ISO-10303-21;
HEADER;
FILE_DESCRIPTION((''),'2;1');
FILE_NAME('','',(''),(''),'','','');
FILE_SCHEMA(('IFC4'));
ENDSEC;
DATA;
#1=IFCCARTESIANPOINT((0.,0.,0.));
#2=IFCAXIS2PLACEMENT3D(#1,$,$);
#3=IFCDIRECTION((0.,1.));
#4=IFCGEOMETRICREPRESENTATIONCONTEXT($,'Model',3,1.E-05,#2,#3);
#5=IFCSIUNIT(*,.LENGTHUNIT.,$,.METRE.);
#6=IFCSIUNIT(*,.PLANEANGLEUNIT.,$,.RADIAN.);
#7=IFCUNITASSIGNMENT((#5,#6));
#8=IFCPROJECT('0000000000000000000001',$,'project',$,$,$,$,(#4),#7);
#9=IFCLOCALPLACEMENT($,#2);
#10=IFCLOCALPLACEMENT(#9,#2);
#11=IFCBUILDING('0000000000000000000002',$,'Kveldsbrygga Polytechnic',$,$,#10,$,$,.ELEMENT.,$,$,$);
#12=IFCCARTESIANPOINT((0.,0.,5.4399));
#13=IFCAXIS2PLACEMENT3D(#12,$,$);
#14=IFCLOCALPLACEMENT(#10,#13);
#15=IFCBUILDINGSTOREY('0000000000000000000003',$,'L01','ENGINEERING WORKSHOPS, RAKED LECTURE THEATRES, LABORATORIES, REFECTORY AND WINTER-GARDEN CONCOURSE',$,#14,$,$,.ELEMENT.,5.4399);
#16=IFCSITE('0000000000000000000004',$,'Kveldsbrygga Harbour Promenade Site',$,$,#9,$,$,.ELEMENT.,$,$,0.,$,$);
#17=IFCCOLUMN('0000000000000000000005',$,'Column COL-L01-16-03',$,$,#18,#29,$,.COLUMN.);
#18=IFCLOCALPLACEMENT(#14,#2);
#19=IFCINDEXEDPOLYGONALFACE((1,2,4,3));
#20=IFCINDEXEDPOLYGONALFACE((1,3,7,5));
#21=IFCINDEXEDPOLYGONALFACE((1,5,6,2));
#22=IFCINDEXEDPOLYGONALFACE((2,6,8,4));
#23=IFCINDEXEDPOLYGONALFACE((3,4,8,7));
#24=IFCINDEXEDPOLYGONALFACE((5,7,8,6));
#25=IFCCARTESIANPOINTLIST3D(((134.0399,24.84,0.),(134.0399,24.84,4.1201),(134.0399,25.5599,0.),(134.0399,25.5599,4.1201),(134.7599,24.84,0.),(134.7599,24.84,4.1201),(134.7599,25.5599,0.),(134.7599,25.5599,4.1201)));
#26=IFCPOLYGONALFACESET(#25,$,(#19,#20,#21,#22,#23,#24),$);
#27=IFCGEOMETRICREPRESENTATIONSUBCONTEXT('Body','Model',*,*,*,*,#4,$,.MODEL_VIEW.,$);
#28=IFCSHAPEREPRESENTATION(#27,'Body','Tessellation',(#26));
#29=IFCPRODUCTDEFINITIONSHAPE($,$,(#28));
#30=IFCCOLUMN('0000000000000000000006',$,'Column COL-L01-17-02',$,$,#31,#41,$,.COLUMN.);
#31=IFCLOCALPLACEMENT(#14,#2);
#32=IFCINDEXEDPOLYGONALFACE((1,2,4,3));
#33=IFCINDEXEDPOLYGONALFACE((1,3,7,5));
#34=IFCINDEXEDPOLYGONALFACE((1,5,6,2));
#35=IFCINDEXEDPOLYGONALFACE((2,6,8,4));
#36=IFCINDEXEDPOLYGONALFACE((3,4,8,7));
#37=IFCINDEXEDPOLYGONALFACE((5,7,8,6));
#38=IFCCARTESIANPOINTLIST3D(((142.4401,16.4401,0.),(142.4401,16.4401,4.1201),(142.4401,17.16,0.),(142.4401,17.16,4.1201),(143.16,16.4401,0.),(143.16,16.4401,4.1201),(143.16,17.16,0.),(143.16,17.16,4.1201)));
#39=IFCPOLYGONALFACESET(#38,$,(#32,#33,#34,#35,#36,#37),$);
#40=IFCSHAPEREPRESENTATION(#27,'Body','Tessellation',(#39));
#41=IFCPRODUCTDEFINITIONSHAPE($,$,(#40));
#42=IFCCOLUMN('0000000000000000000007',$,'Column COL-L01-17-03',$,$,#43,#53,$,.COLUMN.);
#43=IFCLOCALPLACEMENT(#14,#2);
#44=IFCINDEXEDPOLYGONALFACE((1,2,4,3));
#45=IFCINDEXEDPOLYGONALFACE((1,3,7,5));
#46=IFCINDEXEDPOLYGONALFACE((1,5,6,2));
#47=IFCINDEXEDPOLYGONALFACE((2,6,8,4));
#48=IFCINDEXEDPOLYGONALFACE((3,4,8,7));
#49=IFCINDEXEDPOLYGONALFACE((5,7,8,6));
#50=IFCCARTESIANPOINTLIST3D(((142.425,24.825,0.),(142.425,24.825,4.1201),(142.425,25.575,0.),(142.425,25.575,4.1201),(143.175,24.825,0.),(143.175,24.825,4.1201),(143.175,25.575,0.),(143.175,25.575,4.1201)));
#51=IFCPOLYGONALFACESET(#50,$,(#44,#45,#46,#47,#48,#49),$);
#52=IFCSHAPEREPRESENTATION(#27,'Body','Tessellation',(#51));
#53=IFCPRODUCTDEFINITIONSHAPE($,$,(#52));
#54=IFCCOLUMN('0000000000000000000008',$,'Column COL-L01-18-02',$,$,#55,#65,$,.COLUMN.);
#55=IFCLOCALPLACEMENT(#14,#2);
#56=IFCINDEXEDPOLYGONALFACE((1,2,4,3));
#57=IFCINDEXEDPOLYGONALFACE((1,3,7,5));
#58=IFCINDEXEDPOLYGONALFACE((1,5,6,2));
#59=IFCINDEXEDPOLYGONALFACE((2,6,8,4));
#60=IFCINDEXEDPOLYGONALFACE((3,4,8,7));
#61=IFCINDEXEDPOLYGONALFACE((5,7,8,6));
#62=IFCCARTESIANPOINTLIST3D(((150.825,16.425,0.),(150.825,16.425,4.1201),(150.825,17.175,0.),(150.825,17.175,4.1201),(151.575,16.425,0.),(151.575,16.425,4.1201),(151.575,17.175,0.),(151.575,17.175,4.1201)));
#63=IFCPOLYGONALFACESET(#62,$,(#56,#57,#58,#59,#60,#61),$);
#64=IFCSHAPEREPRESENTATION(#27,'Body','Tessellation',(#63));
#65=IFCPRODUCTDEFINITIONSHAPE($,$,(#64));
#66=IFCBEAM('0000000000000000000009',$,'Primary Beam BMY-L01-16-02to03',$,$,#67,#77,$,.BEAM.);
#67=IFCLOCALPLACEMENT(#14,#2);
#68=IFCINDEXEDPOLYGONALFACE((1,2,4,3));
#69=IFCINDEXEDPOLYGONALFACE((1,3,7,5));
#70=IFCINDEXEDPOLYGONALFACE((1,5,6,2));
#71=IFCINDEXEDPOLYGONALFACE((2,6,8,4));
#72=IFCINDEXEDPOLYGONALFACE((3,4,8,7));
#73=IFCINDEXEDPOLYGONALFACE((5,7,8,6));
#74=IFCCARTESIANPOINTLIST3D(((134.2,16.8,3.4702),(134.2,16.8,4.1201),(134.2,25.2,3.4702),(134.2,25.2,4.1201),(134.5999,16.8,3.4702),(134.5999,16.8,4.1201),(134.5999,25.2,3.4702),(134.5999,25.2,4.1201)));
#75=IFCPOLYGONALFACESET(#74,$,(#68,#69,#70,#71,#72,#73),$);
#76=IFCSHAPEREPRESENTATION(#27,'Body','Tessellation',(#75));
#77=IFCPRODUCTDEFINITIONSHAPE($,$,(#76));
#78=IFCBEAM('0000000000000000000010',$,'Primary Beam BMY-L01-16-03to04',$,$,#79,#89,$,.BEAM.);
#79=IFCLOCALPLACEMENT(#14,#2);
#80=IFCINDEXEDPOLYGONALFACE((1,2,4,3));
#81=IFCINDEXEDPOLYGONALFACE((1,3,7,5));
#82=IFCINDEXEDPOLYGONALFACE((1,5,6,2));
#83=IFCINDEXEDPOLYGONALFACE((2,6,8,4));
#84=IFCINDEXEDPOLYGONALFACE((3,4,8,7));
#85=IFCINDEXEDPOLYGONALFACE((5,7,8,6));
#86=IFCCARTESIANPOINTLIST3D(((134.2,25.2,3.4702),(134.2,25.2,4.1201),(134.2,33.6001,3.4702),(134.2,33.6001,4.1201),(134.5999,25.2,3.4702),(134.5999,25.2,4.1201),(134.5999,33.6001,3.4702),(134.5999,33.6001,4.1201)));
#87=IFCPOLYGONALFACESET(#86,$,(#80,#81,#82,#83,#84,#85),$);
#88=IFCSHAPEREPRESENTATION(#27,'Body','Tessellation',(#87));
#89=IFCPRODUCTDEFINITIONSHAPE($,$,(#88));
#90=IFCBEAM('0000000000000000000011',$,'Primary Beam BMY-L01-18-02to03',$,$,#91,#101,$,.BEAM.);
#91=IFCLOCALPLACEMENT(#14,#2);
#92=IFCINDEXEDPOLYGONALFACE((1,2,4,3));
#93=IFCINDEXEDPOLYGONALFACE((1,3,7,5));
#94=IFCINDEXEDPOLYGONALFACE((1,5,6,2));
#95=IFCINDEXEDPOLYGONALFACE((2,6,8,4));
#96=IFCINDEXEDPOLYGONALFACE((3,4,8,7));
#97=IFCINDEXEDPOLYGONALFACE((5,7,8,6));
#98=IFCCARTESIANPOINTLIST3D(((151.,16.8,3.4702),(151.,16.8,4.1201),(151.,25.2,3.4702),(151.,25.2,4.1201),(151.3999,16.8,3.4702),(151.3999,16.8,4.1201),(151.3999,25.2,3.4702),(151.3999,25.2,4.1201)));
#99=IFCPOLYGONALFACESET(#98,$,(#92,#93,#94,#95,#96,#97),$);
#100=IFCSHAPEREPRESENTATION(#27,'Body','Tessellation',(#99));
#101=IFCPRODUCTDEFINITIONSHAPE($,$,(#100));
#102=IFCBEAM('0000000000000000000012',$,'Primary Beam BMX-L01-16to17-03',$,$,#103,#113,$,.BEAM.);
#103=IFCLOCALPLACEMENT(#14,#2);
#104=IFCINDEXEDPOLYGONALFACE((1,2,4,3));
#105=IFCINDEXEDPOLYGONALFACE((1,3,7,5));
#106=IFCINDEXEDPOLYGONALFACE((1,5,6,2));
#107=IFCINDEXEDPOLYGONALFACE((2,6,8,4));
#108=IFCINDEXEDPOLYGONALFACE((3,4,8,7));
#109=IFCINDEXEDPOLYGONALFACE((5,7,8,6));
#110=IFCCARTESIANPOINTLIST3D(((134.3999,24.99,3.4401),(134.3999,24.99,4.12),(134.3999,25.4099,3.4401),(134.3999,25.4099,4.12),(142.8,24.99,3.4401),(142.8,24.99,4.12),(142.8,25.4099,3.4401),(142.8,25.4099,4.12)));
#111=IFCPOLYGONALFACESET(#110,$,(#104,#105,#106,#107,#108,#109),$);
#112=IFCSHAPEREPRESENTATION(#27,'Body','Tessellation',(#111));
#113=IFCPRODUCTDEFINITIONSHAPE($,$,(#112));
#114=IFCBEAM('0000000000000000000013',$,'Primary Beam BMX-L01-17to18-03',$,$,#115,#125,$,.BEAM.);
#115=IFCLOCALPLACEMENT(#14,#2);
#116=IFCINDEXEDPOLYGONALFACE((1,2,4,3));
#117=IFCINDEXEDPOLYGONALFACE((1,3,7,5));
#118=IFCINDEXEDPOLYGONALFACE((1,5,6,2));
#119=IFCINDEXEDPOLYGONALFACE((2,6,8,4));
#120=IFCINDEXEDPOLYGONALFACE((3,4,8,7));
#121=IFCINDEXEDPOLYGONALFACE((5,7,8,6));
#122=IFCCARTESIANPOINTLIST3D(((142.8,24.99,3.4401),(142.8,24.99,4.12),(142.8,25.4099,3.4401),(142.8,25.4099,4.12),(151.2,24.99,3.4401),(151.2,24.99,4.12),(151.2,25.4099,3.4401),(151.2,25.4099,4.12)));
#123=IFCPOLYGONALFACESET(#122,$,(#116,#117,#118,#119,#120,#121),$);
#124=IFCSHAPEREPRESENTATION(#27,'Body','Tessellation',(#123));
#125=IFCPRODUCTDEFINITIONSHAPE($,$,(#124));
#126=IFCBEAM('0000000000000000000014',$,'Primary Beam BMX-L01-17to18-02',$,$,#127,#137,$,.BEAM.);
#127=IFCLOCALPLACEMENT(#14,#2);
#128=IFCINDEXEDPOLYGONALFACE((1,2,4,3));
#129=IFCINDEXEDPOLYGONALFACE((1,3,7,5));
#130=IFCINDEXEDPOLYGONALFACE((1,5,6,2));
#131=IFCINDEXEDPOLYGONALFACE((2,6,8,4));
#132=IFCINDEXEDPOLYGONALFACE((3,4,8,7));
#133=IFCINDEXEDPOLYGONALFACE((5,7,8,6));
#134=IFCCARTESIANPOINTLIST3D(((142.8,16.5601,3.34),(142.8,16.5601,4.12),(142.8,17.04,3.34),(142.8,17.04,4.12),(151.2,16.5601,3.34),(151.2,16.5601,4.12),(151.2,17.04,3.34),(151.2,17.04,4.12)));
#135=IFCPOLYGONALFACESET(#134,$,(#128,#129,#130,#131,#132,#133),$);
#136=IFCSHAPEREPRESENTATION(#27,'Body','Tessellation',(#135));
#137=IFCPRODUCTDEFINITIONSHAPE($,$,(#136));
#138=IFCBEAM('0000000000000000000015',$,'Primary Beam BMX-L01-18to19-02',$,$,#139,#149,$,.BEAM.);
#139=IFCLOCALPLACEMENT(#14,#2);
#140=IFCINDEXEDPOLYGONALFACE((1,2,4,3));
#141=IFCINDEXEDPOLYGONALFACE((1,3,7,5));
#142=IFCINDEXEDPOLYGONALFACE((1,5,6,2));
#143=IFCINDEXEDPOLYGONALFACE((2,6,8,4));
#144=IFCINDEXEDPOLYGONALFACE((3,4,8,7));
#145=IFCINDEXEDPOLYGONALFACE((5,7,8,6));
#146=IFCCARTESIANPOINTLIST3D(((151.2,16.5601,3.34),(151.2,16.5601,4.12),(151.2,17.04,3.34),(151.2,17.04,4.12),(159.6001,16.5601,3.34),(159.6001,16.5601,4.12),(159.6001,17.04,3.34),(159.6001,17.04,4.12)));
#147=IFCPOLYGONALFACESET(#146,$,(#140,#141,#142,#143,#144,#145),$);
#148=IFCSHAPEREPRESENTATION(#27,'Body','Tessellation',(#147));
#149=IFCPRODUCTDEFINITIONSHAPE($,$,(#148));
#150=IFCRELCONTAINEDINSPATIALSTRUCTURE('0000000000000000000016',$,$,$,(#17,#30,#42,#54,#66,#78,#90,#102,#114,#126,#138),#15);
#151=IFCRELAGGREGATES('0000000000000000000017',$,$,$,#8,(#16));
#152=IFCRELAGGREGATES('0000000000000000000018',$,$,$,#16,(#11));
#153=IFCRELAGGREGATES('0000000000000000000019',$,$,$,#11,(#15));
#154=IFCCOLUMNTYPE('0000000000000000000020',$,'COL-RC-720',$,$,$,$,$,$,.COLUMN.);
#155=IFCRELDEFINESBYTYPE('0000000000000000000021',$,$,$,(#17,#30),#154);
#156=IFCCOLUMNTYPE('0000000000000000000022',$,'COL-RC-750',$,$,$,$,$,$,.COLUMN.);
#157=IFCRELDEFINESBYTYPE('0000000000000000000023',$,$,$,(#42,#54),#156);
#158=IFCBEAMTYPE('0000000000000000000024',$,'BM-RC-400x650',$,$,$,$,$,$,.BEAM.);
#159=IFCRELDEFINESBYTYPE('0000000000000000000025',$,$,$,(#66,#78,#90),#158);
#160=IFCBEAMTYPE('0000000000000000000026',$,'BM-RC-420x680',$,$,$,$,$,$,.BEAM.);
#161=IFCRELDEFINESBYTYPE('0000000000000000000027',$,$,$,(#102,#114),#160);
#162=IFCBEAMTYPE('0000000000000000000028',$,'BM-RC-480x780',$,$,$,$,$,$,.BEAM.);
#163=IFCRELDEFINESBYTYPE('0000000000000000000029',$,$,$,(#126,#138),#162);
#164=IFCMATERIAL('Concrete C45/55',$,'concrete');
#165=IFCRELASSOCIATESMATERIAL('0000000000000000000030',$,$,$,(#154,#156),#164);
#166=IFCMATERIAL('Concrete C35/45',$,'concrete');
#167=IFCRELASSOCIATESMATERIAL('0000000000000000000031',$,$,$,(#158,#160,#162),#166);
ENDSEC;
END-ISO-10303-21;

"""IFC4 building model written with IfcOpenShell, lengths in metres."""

from ifc_helpers import new_model, si_unit, direction, frame, origin, origin_2d, place, context, subcontext, project, spatial, rectangle, extrude, material, material_profile, profile_set, type_object, element, save


model = new_model("IFC4")

# Units and contexts
model_context = context("Model", 3, precision=1e-05, world=origin(), true_north=direction((0.0, 1.0)))
body_context = subcontext(model_context, "Body", "Model", "MODEL_VIEW")
ifc_project = project(units=[si_unit("LENGTHUNIT", "METRE"), si_unit("PLANEANGLEUNIT", "RADIAN")], contexts=[model_context])

# Site, building, storey
site_placement = place(None, origin())
site = spatial("IfcSite", under=ifc_project, at=site_placement, Name="Kveldsbrygga Harbour Promenade Site", CompositionType="ELEMENT", RefElevation=0.0)
building_placement = place(site_placement, origin())
building = spatial("IfcBuilding", under=site, at=building_placement, Name="Kveldsbrygga Polytechnic", CompositionType="ELEMENT")
storey_placement = place(building_placement, frame((0.0, 0.0, 5.4399)))
storey = spatial("IfcBuildingStorey", under=building, at=storey_placement, Name="L01", Description="ENGINEERING WORKSHOPS, RAKED LECTURE THEATRES, LABORATORIES, REFECTORY AND WINTER-GARDEN CONCOURSE", CompositionType="ELEMENT", Elevation=5.4399)

# Columns
ifc_material_1 = material(Name="Concrete C45/55", Category="concrete")
ifc_material_profile_1 = material_profile(ifc_material_1, rectangle(XDim=0.72, YDim=0.72, at=origin_2d()), Name="RC 720x720")
ifc_profile_set_1 = profile_set([ifc_material_profile_1], Name="Concrete C45/55")
column_type_1 = type_object("IfcColumnType", Name="COL-RC-720", PredefinedType="COLUMN", material=ifc_profile_set_1)
for number, where, z_axis, x_axis, name in (
    (1, (134.3999, 25.2, 0.0), (0.0, 0.0, 1.0), (1.0, 0.0, 0.0), "Column COL-L01-16-03"),
    (2, (142.8, 16.8, 0.0), (0.0, 0.0, 1.0), (1.0, 0.0, 0.0), "Column COL-L01-17-02"),
):
    element("IfcColumn", number, at=place(storey_placement, frame(where, z_axis=z_axis, x_axis=x_axis)), inside=storey, type_object=column_type_1, Name=name, PredefinedType="COLUMN", context=body_context, shape_type="SweptSolid", body=[
        extrude(rectangle(XDim=0.72, YDim=0.72, at=origin_2d()), origin(), (0.0, 0.0, 1.0), 4.1201),
    ])
ifc_material_profile_2 = material_profile(ifc_material_1, rectangle(XDim=0.75, YDim=0.75, at=origin_2d()), Name="RC 750x750")
ifc_profile_set_2 = profile_set([ifc_material_profile_2], Name="Concrete C45/55")
column_type_2 = type_object("IfcColumnType", Name="COL-RC-750", PredefinedType="COLUMN", material=ifc_profile_set_2)
for number, where, z_axis, x_axis, name in (
    (3, (142.8, 25.2, 0.0), (0.0, 0.0, 1.0), (1.0, 0.0, 0.0), "Column COL-L01-17-03"),
    (4, (151.2, 16.8, 0.0), (0.0, 0.0, 1.0), (1.0, 0.0, 0.0), "Column COL-L01-18-02"),
):
    element("IfcColumn", number, at=place(storey_placement, frame(where, z_axis=z_axis, x_axis=x_axis)), inside=storey, type_object=column_type_2, Name=name, PredefinedType="COLUMN", context=body_context, shape_type="SweptSolid", body=[
        extrude(rectangle(XDim=0.75, YDim=0.75, at=origin_2d()), origin(), (0.0, 0.0, 1.0), 4.1201),
    ])

# Beams
ifc_material_2 = material(Name="Concrete C35/45", Category="concrete")
ifc_material_profile_3 = material_profile(ifc_material_2, rectangle(XDim=0.3999, YDim=0.6499, at=origin_2d()), Name="RC 400x650")
ifc_profile_set_3 = profile_set([ifc_material_profile_3], Name="Concrete C35/45")
beam_type_1 = type_object("IfcBeamType", Name="BM-RC-400x650", PredefinedType="BEAM", material=ifc_profile_set_3)
beam_1_placement = place(storey_placement, frame((134.3999, 16.8, 3.7952), z_axis=(0.0, 1.0, 0.0), x_axis=(-1.0, 0.0, 0.0)))
element("IfcBeam", 5, at=beam_1_placement, inside=storey, type_object=beam_type_1, Name="Primary Beam BMY-L01-16-02to03", PredefinedType="BEAM", context=body_context, shape_type="SweptSolid", body=[
    extrude(rectangle(XDim=0.3999, YDim=0.6499, at=origin_2d()), origin(), (0.0, 0.0, 1.0), 8.3999),
])
beam_2_placement = place(storey_placement, frame((134.3999, 25.2, 3.7952), z_axis=(0.0, 1.0, 0.0), x_axis=(-1.0, 0.0, 0.0)))
element("IfcBeam", 6, at=beam_2_placement, inside=storey, type_object=beam_type_1, Name="Primary Beam BMY-L01-16-03to04", PredefinedType="BEAM", context=body_context, shape_type="SweptSolid", body=[
    extrude(rectangle(XDim=0.3999, YDim=0.6499, at=origin_2d()), origin(), (0.0, 0.0, 1.0), 8.4001),
])
beam_3_placement = place(storey_placement, frame((151.2, 16.8, 3.7952), z_axis=(0.0, 1.0, 0.0), x_axis=(-1.0, 0.0, 0.0)))
element("IfcBeam", 7, at=beam_3_placement, inside=storey, type_object=beam_type_1, Name="Primary Beam BMY-L01-18-02to03", PredefinedType="BEAM", context=body_context, shape_type="SweptSolid", body=[
    extrude(rectangle(XDim=0.3999, YDim=0.6499, at=origin_2d()), origin(), (0.0, 0.0, 1.0), 8.3999),
])
ifc_material_profile_4 = material_profile(ifc_material_2, rectangle(XDim=0.4199, YDim=0.6799, at=origin_2d()), Name="RC 420x680")
ifc_profile_set_4 = profile_set([ifc_material_profile_4], Name="Concrete C35/45")
beam_type_2 = type_object("IfcBeamType", Name="BM-RC-420x680", PredefinedType="BEAM", material=ifc_profile_set_4)
beam_4_placement = place(storey_placement, frame((134.3999, 25.2, 3.78), z_axis=(1.0, 0.0, 0.0), x_axis=(0.0, 1.0, 0.0)))
element("IfcBeam", 8, at=beam_4_placement, inside=storey, type_object=beam_type_2, Name="Primary Beam BMX-L01-16to17-03", PredefinedType="BEAM", context=body_context, shape_type="SweptSolid", body=[
    extrude(rectangle(XDim=0.4199, YDim=0.6799, at=origin_2d()), origin(), (0.0, 0.0, 1.0), 8.4001),
])
beam_5_placement = place(storey_placement, frame((142.8, 25.2, 3.78), z_axis=(1.0, 0.0, 0.0), x_axis=(0.0, 1.0, 0.0)))
element("IfcBeam", 9, at=beam_5_placement, inside=storey, type_object=beam_type_2, Name="Primary Beam BMX-L01-17to18-03", PredefinedType="BEAM", context=body_context, shape_type="SweptSolid", body=[
    extrude(rectangle(XDim=0.4199, YDim=0.6799, at=origin_2d()), origin(), (0.0, 0.0, 1.0), 8.3999),
])
ifc_material_profile_5 = material_profile(ifc_material_2, rectangle(XDim=0.48, YDim=0.78, at=origin_2d()), Name="RC 480x780")
ifc_profile_set_5 = profile_set([ifc_material_profile_5], Name="Concrete C35/45")
beam_type_3 = type_object("IfcBeamType", Name="BM-RC-480x780", PredefinedType="BEAM", material=ifc_profile_set_5)
beam_6_placement = place(storey_placement, frame((142.8, 16.8, 3.73), z_axis=(1.0, 0.0, 0.0), x_axis=(0.0, 1.0, 0.0)))
element("IfcBeam", 10, at=beam_6_placement, inside=storey, type_object=beam_type_3, Name="Primary Beam BMX-L01-17to18-02", PredefinedType="BEAM", context=body_context, shape_type="SweptSolid", body=[
    extrude(rectangle(XDim=0.48, YDim=0.78, at=origin_2d()), origin(), (0.0, 0.0, 1.0), 8.3999),
])
beam_7_placement = place(storey_placement, frame((151.2, 16.8, 3.73), z_axis=(1.0, 0.0, 0.0), x_axis=(0.0, 1.0, 0.0)))
element("IfcBeam", 11, at=beam_7_placement, inside=storey, type_object=beam_type_3, Name="Primary Beam BMX-L01-18to19-02", PredefinedType="BEAM", context=body_context, shape_type="SweptSolid", body=[
    extrude(rectangle(XDim=0.48, YDim=0.78, at=origin_2d()), origin(), (0.0, 0.0, 1.0), 8.4001),
])

save(model, "model.ifc")
